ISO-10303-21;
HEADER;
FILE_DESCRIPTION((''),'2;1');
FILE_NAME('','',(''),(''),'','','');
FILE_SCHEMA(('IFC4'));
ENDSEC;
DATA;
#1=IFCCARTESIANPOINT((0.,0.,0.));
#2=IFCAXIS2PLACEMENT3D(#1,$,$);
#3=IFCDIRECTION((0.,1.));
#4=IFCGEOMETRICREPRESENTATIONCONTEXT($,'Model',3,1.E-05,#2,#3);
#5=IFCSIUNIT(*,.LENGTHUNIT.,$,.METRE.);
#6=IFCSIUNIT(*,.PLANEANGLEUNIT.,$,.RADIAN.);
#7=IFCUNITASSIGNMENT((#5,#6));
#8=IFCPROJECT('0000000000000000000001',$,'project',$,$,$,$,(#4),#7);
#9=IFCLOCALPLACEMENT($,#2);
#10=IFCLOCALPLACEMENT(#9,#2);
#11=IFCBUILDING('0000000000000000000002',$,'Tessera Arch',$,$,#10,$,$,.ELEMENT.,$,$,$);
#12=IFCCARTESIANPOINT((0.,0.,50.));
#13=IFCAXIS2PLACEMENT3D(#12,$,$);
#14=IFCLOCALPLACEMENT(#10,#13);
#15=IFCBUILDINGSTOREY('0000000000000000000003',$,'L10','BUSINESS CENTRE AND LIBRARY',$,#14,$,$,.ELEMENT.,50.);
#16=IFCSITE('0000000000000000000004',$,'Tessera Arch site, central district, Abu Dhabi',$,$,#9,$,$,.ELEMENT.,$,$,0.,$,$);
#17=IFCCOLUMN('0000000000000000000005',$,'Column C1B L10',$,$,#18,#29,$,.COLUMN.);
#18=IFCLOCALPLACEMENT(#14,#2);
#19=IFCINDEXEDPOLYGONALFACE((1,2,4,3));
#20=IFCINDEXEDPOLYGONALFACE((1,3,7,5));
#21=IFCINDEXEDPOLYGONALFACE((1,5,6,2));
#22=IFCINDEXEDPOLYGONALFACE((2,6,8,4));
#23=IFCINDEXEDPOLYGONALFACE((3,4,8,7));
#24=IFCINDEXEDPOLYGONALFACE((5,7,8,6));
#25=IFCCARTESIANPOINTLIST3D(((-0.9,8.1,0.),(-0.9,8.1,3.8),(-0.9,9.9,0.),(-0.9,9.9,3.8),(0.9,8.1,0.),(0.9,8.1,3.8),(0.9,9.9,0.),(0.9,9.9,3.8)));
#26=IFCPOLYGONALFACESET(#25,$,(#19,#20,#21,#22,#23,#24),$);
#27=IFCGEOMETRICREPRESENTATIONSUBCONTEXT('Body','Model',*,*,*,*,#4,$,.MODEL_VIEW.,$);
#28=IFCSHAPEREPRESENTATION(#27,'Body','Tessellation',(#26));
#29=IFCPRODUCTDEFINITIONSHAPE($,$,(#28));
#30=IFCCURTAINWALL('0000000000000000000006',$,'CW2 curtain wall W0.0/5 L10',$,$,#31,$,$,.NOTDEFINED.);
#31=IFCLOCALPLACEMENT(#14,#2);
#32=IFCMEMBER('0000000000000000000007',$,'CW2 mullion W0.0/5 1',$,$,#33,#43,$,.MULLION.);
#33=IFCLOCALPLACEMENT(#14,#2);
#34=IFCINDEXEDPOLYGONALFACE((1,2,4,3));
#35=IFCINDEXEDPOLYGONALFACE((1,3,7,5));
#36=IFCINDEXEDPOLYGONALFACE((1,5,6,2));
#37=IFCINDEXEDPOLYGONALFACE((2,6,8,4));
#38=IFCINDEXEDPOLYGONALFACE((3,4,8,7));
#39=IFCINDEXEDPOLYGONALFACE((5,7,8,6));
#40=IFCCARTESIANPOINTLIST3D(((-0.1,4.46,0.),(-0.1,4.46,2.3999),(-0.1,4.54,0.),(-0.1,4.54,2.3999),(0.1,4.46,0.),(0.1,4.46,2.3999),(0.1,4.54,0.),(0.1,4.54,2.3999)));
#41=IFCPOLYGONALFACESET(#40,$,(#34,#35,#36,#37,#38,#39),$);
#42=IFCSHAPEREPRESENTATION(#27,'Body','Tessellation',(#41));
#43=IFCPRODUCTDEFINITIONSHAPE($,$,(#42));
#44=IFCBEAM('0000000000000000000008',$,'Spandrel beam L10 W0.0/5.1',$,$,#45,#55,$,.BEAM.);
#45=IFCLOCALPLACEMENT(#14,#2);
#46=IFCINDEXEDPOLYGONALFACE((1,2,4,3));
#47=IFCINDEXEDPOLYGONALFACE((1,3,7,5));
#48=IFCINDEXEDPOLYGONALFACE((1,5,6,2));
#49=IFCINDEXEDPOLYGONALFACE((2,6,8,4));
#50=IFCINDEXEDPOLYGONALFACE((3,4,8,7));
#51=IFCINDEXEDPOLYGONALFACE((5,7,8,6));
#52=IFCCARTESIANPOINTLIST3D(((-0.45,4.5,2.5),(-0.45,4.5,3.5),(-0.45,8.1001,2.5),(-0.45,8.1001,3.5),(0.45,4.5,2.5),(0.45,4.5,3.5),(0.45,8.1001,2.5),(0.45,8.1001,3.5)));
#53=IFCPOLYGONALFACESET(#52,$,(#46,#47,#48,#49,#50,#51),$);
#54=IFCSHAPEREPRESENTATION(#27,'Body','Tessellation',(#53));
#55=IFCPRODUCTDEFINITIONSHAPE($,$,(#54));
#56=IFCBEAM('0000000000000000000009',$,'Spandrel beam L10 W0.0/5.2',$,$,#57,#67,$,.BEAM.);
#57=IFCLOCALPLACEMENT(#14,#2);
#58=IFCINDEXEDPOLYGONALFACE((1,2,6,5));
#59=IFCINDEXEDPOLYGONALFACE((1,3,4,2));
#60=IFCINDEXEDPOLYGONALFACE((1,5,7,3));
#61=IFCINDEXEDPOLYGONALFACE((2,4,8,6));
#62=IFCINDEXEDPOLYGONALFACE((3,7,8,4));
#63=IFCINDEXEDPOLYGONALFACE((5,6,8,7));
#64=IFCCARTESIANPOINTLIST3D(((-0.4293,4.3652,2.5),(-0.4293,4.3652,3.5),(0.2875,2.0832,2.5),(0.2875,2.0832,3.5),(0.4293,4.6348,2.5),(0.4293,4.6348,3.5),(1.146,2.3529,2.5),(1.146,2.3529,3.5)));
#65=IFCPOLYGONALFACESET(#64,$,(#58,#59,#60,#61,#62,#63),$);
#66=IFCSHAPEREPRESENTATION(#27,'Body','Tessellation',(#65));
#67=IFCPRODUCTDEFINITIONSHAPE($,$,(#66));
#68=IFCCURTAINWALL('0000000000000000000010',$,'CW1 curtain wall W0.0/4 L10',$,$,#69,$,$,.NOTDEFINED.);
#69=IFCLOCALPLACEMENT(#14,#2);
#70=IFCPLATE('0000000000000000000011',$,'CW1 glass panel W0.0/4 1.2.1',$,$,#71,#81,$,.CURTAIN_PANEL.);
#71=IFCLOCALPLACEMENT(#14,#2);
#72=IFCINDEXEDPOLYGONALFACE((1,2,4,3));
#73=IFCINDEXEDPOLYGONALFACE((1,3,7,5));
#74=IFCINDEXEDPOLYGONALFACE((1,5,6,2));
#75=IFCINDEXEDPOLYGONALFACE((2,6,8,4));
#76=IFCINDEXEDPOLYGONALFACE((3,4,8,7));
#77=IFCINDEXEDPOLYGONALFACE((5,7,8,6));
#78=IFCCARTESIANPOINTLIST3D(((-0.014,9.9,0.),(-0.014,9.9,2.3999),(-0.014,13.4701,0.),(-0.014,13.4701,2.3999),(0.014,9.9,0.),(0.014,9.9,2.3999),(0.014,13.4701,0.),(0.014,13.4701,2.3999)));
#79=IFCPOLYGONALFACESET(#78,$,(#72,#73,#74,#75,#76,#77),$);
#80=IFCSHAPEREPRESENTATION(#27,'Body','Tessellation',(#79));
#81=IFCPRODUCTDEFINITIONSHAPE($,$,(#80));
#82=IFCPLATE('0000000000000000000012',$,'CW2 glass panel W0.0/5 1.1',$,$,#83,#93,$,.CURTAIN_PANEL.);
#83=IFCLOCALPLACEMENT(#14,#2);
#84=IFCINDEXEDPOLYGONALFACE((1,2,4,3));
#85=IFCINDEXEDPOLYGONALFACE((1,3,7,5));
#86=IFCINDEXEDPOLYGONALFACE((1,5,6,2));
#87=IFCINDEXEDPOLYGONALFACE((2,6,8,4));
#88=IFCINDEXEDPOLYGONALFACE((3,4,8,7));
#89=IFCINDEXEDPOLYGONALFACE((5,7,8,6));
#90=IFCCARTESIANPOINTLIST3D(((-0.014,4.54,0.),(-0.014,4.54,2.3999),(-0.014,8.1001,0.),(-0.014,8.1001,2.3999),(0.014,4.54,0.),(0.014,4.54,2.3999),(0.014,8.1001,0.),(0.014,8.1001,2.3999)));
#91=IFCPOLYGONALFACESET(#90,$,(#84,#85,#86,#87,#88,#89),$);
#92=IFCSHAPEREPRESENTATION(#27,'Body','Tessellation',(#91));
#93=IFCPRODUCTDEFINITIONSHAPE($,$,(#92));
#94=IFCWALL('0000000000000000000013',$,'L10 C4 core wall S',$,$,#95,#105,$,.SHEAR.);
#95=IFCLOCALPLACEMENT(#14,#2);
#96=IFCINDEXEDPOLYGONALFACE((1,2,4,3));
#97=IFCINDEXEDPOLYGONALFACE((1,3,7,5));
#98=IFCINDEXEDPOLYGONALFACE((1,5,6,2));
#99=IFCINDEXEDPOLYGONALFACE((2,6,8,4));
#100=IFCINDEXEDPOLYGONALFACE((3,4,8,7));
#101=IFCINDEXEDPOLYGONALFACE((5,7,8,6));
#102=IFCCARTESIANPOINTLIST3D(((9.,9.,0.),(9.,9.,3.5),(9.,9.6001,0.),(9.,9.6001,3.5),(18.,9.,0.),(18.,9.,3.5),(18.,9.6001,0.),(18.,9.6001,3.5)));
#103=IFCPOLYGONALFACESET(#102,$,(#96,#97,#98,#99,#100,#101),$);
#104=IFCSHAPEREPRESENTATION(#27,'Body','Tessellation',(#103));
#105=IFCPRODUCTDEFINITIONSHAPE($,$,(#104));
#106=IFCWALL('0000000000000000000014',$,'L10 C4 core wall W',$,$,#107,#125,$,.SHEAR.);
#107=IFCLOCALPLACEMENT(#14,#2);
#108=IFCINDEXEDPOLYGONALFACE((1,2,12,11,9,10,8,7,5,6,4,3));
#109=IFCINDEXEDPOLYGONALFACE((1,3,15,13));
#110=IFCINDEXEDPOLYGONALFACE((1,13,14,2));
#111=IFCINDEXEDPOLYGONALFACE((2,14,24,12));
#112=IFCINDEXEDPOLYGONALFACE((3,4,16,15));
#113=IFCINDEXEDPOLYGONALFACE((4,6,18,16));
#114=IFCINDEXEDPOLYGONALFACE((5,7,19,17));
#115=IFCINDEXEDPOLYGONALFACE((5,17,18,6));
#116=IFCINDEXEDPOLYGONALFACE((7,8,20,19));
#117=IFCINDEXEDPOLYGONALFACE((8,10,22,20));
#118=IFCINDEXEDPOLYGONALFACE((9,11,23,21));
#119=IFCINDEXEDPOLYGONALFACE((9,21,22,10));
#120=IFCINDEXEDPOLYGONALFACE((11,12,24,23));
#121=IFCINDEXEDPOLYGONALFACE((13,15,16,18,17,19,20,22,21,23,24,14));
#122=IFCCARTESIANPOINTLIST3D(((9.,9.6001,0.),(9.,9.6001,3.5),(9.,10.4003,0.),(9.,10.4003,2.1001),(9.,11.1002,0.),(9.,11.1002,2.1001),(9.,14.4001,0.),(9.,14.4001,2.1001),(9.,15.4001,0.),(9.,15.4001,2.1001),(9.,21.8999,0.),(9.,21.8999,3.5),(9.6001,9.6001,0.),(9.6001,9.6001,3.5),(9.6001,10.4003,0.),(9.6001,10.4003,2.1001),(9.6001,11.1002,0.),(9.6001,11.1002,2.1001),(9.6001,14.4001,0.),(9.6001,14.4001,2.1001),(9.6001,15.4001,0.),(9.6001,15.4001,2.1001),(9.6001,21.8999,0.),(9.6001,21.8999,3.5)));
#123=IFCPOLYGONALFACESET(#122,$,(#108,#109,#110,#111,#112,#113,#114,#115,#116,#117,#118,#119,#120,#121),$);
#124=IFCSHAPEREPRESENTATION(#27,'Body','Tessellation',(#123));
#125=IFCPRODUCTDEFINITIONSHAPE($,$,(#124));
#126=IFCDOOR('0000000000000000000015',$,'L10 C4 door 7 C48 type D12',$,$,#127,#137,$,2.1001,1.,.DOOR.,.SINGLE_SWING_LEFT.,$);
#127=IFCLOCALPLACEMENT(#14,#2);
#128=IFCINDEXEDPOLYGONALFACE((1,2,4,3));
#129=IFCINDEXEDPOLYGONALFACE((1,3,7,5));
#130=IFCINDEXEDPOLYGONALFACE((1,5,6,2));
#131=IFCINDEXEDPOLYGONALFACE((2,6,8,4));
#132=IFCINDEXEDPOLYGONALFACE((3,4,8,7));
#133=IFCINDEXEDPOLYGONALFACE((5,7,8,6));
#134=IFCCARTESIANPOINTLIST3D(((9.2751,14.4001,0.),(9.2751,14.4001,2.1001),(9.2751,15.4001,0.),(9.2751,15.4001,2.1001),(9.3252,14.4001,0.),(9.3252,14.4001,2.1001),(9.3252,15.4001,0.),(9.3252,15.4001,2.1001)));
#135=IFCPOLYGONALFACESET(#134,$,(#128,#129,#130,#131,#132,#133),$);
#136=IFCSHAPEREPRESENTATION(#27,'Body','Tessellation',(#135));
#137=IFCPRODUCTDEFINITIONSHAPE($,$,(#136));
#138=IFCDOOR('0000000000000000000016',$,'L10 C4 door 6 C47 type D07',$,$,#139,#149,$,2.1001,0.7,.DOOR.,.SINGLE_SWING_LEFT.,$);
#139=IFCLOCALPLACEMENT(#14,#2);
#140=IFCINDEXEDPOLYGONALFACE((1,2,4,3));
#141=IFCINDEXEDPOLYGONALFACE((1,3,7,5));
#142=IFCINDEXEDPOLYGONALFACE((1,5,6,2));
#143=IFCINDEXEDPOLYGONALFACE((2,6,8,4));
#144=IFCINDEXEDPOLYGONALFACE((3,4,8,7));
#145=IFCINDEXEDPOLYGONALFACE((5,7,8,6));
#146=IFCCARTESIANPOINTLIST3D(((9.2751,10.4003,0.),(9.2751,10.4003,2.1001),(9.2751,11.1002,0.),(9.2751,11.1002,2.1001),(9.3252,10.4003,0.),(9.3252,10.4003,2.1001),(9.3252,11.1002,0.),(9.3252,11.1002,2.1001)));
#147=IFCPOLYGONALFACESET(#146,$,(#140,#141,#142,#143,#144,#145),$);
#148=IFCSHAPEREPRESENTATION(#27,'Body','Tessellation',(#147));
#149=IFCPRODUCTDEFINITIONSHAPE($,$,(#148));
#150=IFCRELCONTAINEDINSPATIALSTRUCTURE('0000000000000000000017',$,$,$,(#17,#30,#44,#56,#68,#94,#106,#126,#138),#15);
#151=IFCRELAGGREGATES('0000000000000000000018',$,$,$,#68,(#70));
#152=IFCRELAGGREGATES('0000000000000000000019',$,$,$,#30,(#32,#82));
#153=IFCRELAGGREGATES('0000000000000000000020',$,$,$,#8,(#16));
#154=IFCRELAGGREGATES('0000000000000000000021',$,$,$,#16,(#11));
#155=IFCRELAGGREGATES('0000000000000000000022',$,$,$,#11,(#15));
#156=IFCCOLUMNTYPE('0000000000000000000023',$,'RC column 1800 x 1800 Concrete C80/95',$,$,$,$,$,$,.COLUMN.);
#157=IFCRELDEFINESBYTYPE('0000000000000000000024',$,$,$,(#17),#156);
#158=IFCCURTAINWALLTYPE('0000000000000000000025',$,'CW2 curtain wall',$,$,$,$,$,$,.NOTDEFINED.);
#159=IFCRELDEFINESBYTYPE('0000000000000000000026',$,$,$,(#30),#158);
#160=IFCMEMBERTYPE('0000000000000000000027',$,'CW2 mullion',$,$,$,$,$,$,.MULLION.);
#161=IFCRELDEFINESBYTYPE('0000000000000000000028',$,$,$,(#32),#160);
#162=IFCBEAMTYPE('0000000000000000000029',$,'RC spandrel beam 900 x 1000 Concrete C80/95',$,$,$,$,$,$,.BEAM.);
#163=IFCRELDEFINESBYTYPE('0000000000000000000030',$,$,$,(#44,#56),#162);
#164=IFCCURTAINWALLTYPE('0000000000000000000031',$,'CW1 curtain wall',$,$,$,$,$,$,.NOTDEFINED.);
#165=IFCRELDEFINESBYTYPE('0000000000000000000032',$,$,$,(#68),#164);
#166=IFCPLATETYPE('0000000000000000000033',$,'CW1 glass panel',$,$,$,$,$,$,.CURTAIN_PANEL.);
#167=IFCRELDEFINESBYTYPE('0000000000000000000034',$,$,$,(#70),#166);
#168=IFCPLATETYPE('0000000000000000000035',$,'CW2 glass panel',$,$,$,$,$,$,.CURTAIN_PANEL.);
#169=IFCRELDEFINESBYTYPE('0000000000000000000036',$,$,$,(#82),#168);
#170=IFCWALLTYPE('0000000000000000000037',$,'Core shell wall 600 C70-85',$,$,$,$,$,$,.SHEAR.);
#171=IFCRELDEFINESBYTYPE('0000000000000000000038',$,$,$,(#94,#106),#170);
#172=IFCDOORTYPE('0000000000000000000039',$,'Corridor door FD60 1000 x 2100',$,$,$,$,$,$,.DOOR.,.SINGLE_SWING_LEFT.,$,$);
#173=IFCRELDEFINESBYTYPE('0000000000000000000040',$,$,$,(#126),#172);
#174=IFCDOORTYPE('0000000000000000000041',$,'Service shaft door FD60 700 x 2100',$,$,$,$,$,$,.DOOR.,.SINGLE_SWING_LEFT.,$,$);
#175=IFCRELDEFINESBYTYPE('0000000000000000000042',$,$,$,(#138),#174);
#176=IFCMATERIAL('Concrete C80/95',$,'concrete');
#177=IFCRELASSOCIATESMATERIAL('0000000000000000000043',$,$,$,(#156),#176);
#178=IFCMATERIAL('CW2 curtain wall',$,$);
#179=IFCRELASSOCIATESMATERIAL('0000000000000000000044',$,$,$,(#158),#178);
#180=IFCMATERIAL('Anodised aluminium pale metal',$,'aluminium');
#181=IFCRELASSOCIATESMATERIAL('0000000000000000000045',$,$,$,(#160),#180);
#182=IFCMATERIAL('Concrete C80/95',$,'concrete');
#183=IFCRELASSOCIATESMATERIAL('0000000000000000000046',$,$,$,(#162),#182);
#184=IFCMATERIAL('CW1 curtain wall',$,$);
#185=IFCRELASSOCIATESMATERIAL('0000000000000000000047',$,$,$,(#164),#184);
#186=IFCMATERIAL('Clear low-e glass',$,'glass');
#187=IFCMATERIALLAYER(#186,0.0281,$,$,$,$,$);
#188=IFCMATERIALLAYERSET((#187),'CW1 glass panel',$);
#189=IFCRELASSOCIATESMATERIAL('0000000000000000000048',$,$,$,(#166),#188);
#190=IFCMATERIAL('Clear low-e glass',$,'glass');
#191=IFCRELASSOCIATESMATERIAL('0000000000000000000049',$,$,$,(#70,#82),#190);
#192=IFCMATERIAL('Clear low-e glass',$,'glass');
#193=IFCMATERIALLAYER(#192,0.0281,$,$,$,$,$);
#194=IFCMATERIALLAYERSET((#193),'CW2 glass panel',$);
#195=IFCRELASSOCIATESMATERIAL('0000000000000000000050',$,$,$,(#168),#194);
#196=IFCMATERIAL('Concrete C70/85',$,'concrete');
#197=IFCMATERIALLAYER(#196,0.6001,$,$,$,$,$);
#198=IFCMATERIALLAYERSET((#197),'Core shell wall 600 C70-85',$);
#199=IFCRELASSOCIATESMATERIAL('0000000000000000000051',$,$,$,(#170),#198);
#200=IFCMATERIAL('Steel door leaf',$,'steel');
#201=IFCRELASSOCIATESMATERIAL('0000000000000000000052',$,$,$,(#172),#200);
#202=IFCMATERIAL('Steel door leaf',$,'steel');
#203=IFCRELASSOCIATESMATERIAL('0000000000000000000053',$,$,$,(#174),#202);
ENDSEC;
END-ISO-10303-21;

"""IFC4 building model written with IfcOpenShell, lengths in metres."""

from ifc_helpers import new_model, si_unit, direction, frame, frame_2d, origin, origin_2d, place, context, subcontext, project, spatial, rectangle, extrude, material, layer, layer_set, material_profile, profile_set, type_object, element, fill, aggregate, save


model = new_model("IFC4")

# Units and contexts
model_context = context("Model", 3, precision=1e-05, world=origin(), true_north=direction((0.0, 1.0)))
body_context = subcontext(model_context, "Body", "Model", "MODEL_VIEW")
ifc_project = project(units=[si_unit("LENGTHUNIT", "METRE"), si_unit("PLANEANGLEUNIT", "RADIAN")], contexts=[model_context])

# Site, building, storey
site_placement = place(None, origin())
site = spatial("IfcSite", under=ifc_project, at=site_placement, Name="Tessera Arch site, central district, Abu Dhabi", CompositionType="ELEMENT", RefElevation=0.0)
building_placement = place(site_placement, origin())
building = spatial("IfcBuilding", under=site, at=building_placement, Name="Tessera Arch", CompositionType="ELEMENT")
storey_placement = place(building_placement, frame((0.0, 0.0, 50.0)))
storey = spatial("IfcBuildingStorey", under=building, at=storey_placement, Name="L10", Description="BUSINESS CENTRE AND LIBRARY", CompositionType="ELEMENT", Elevation=50.0)

# Column
ifc_material_1 = material(Name="Concrete C80/95", Category="concrete")
ifc_material_profile_1 = material_profile(ifc_material_1, rectangle(XDim=1.8, YDim=1.8, at=origin_2d()), Name="RC column 1800 x 1800 Concrete C80/95")
ifc_profile_set_1 = profile_set([ifc_material_profile_1], Name="Concrete C80/95")
column_type = type_object("IfcColumnType", Name="RC column 1800 x 1800 Concrete C80/95", PredefinedType="COLUMN", material=ifc_profile_set_1)
column_placement = place(storey_placement, frame((0.0, 9.0, 0.0), z_axis=(0.0, 0.0, 1.0), x_axis=(1.0, 0.0, 0.0)))
element("IfcColumn", 1, at=column_placement, inside=storey, type_object=column_type, Name="Column C1B L10", PredefinedType="COLUMN", context=body_context, shape_type="SweptSolid", body=[
    extrude(rectangle(XDim=1.8, YDim=1.8, at=origin_2d()), origin(), (0.0, 0.0, 1.0), 3.8),
])

# Curtain wall, member
ifc_material_2 = material(Name="CW2 curtain wall")
curtain_wall_type_1 = type_object("IfcCurtainWallType", Name="CW2 curtain wall", PredefinedType="NOTDEFINED", material=ifc_material_2)
curtain_wall_1_placement = place(storey_placement, origin())
curtain_wall_1 = element("IfcCurtainWall", 2, at=curtain_wall_1_placement, inside=storey, type_object=curtain_wall_type_1, Name="CW2 curtain wall W0.0/5 L10", PredefinedType="NOTDEFINED")
ifc_material_3 = material(Name="Anodised aluminium pale metal", Category="aluminium")
ifc_material_profile_2 = material_profile(ifc_material_3, rectangle(XDim=0.2, YDim=0.0801, at=origin_2d()), Name="AL 80x200")
ifc_profile_set_2 = profile_set([ifc_material_profile_2], Name="Anodised aluminium pale metal")
member_type = type_object("IfcMemberType", Name="CW2 mullion", PredefinedType="MULLION", material=ifc_profile_set_2)
member_placement = place(storey_placement, frame((0.0, 4.5, 0.0), z_axis=(0.0, 0.0, 1.0), x_axis=(1.0, 0.0, 0.0)))
member = element("IfcMember", 3, at=member_placement, type_object=member_type, Name="CW2 mullion W0.0/5 1", PredefinedType="MULLION", context=body_context, shape_type="SweptSolid", body=[
    extrude(rectangle(XDim=0.2, YDim=0.0801, at=origin_2d()), origin(), (0.0, 0.0, 1.0), 2.3999),
])

# Beams
ifc_material_4 = material(Name="Concrete C80/95", Category="concrete")
ifc_material_profile_3 = material_profile(ifc_material_4, rectangle(XDim=0.8999, YDim=1.0, at=origin_2d()), Name="RC spandrel beam 900 x 1000 Concrete C80/95")
ifc_profile_set_3 = profile_set([ifc_material_profile_3], Name="Concrete C80/95")
beam_type = type_object("IfcBeamType", Name="RC spandrel beam 900 x 1000 Concrete C80/95", PredefinedType="BEAM", material=ifc_profile_set_3)
beam_1_placement = place(storey_placement, frame((0.0, 8.1001, 3.0), z_axis=(0.0, -1.0, 0.0), x_axis=(1.0, 0.0, 0.0)))
element("IfcBeam", 4, at=beam_1_placement, inside=storey, type_object=beam_type, Name="Spandrel beam L10 W0.0/5.1", PredefinedType="BEAM", context=body_context, shape_type="SweptSolid", body=[
    extrude(rectangle(XDim=0.8999, YDim=1.0, at=origin_2d()), origin(), (0.0, 0.0, 1.0), 3.6001),
])
beam_2_placement = place(storey_placement, frame((0.0, 4.5, 3.0), z_axis=(0.299675, -0.954041, 0.0), x_axis=(0.954041, 0.299675, 0.0)))
element("IfcBeam", 5, at=beam_2_placement, inside=storey, type_object=beam_type, Name="Spandrel beam L10 W0.0/5.2", PredefinedType="BEAM", context=body_context, shape_type="SweptSolid", body=[
    extrude(rectangle(XDim=0.8999, YDim=1.0, at=origin_2d()), origin(), (0.0, 0.0, 1.0), 2.3918),
])

# Curtain wall, plate
ifc_material_5 = material(Name="CW1 curtain wall")
curtain_wall_type_2 = type_object("IfcCurtainWallType", Name="CW1 curtain wall", PredefinedType="NOTDEFINED", material=ifc_material_5)
curtain_wall_2_placement = place(storey_placement, origin())
curtain_wall_2 = element("IfcCurtainWall", 6, at=curtain_wall_2_placement, inside=storey, type_object=curtain_wall_type_2, Name="CW1 curtain wall W0.0/4 L10", PredefinedType="NOTDEFINED")
ifc_material_6 = material(Name="Clear low-e glass", Category="glass")
ifc_material_7 = material(Name="Clear low-e glass", Category="glass")
ifc_layer_1 = layer(ifc_material_7, 0.0281)
ifc_layer_set_1 = layer_set([ifc_layer_1], Name="CW1 glass panel")
plate_type_1 = type_object("IfcPlateType", Name="CW1 glass panel", PredefinedType="CURTAIN_PANEL", material=ifc_layer_set_1)
plate_1_placement = place(storey_placement, frame((0.0, 11.6851, 0.0), z_axis=(0.0, 0.0, 1.0), x_axis=(0.0, -1.0, 0.0)))
plate_1 = element("IfcPlate", 7, at=plate_1_placement, type_object=plate_type_1, material=ifc_material_6, Name="CW1 glass panel W0.0/4 1.2.1", PredefinedType="CURTAIN_PANEL", context=body_context, shape_type="SweptSolid", body=[
    extrude(rectangle(XDim=3.5701, YDim=0.0281, at=origin_2d()), origin(), (0.0, 0.0, 1.0), 2.3999),
])
aggregate(curtain_wall_2, [plate_1])

# Plate
ifc_material_8 = material(Name="Clear low-e glass", Category="glass")
ifc_layer_2 = layer(ifc_material_8, 0.0281)
ifc_layer_set_2 = layer_set([ifc_layer_2], Name="CW2 glass panel")
plate_type_2 = type_object("IfcPlateType", Name="CW2 glass panel", PredefinedType="CURTAIN_PANEL", material=ifc_layer_set_2)
plate_2_placement = place(storey_placement, frame((0.0, 6.3201, 0.0), z_axis=(0.0, 0.0, 1.0), x_axis=(0.0, -1.0, 0.0)))
plate_2 = element("IfcPlate", 8, at=plate_2_placement, type_object=plate_type_2, material=ifc_material_6, Name="CW2 glass panel W0.0/5 1.1", PredefinedType="CURTAIN_PANEL", context=body_context, shape_type="SweptSolid", body=[
    extrude(rectangle(XDim=3.5601, YDim=0.0281, at=origin_2d()), origin(), (0.0, 0.0, 1.0), 2.3999),
])
aggregate(curtain_wall_1, [member, plate_2])

# Wall
ifc_material_9 = material(Name="Concrete C70/85", Category="concrete")
ifc_layer_3 = layer(ifc_material_9, 0.6001)
ifc_layer_set_3 = layer_set([ifc_layer_3], Name="Core shell wall 600 C70-85")
wall_type_1 = type_object("IfcWallType", Name="Core shell wall 600 C70-85", PredefinedType="SHEAR", material=ifc_layer_set_3)
wall_1_placement = place(storey_placement, frame((9.0, 9.3, 0.0), z_axis=(0.0, 0.0, 1.0), x_axis=(1.0, 0.0, 0.0)))
element("IfcWall", 9, at=wall_1_placement, inside=storey, type_object=wall_type_1, Name="L10 C4 core wall S", PredefinedType="SHEAR", context=body_context, shape_type="SweptSolid", body=[
    extrude(rectangle(XDim=9.0, YDim=0.6001, at=frame_2d((4.5, 0.0))), origin(), (0.0, 0.0, 1.0), 3.5),
])

# Wall, openings, doors
wall_2_placement = place(storey_placement, frame((9.3, 9.6001, 0.0), z_axis=(0.0, 0.0, 1.0), x_axis=(0.0, 1.0, 0.0)))
wall_2 = element("IfcWall", 10, at=wall_2_placement, inside=storey, type_object=wall_type_1, Name="L10 C4 core wall W", PredefinedType="SHEAR", context=body_context, shape_type="SweptSolid", body=[
    extrude(rectangle(XDim=12.2998, YDim=0.6001, at=frame_2d((6.1499, 0.0))), origin(), (0.0, 0.0, 1.0), 3.5),
])
opening_1_placement = place(wall_2_placement, frame((0.8, 0.0, 0.0)))
opening_1 = element("IfcOpeningElement", 11, at=opening_1_placement, cuts=wall_2, PredefinedType="OPENING", context=body_context, shape_type="SweptSolid", body=[
    extrude(rectangle(XDim=0.7, YDim=2.1001, at=frame_2d((0.3501, 1.05))), frame((0.0, 0.3101, 0.0), z_axis=(0.0, -1.0, 0.0), x_axis=(1.0, 0.0, 0.0)), (0.0, 0.0, 1.0), 0.6201),
])
opening_2_placement = place(wall_2_placement, frame((4.8, 0.0, 0.0)))
opening_2 = element("IfcOpeningElement", 12, at=opening_2_placement, cuts=wall_2, PredefinedType="OPENING", context=body_context, shape_type="SweptSolid", body=[
    extrude(rectangle(XDim=1.0, YDim=2.1001, at=frame_2d((0.5, 1.05))), frame((0.0, 0.3101, 0.0), z_axis=(0.0, -1.0, 0.0), x_axis=(1.0, 0.0, 0.0)), (0.0, 0.0, 1.0), 0.6201),
])
ifc_material_10 = material(Name="Steel door leaf", Category="steel")
door_type_1 = type_object("IfcDoorType", Name="Corridor door FD60 1000 x 2100", OperationType="SINGLE_SWING_LEFT", PredefinedType="DOOR", material=ifc_material_10)
door_1_placement = place(opening_2_placement, origin())
door_1 = element("IfcDoor", 13, at=door_1_placement, inside=storey, type_object=door_type_1, Name="L10 C4 door 7 C48 type D12", OperationType="SINGLE_SWING_LEFT", OverallHeight=2.1001, OverallWidth=1.0, PredefinedType="DOOR", context=body_context, shape_type="SweptSolid", body=[
    extrude(rectangle(XDim=1.0, YDim=2.1001, at=frame_2d((0.5, 1.05))), frame((0.0, 0.0249, 0.0), z_axis=(0.0, -1.0, 0.0), x_axis=(1.0, 0.0, 0.0)), (0.0, 0.0, 1.0), 0.05),
])
fill(opening_2, door_1)
ifc_material_11 = material(Name="Steel door leaf", Category="steel")
door_type_2 = type_object("IfcDoorType", Name="Service shaft door FD60 700 x 2100", OperationType="SINGLE_SWING_LEFT", PredefinedType="DOOR", material=ifc_material_11)
door_2_placement = place(opening_1_placement, origin())
door_2 = element("IfcDoor", 14, at=door_2_placement, inside=storey, type_object=door_type_2, Name="L10 C4 door 6 C47 type D07", OperationType="SINGLE_SWING_LEFT", OverallHeight=2.1001, OverallWidth=0.7, PredefinedType="DOOR", context=body_context, shape_type="SweptSolid", body=[
    extrude(rectangle(XDim=0.7, YDim=2.1001, at=frame_2d((0.3501, 1.05))), frame((0.0, 0.0249, 0.0), z_axis=(0.0, -1.0, 0.0), x_axis=(1.0, 0.0, 0.0)), (0.0, 0.0, 1.0), 0.05),
])
fill(opening_1, door_2)

save(model, "model.ifc")
